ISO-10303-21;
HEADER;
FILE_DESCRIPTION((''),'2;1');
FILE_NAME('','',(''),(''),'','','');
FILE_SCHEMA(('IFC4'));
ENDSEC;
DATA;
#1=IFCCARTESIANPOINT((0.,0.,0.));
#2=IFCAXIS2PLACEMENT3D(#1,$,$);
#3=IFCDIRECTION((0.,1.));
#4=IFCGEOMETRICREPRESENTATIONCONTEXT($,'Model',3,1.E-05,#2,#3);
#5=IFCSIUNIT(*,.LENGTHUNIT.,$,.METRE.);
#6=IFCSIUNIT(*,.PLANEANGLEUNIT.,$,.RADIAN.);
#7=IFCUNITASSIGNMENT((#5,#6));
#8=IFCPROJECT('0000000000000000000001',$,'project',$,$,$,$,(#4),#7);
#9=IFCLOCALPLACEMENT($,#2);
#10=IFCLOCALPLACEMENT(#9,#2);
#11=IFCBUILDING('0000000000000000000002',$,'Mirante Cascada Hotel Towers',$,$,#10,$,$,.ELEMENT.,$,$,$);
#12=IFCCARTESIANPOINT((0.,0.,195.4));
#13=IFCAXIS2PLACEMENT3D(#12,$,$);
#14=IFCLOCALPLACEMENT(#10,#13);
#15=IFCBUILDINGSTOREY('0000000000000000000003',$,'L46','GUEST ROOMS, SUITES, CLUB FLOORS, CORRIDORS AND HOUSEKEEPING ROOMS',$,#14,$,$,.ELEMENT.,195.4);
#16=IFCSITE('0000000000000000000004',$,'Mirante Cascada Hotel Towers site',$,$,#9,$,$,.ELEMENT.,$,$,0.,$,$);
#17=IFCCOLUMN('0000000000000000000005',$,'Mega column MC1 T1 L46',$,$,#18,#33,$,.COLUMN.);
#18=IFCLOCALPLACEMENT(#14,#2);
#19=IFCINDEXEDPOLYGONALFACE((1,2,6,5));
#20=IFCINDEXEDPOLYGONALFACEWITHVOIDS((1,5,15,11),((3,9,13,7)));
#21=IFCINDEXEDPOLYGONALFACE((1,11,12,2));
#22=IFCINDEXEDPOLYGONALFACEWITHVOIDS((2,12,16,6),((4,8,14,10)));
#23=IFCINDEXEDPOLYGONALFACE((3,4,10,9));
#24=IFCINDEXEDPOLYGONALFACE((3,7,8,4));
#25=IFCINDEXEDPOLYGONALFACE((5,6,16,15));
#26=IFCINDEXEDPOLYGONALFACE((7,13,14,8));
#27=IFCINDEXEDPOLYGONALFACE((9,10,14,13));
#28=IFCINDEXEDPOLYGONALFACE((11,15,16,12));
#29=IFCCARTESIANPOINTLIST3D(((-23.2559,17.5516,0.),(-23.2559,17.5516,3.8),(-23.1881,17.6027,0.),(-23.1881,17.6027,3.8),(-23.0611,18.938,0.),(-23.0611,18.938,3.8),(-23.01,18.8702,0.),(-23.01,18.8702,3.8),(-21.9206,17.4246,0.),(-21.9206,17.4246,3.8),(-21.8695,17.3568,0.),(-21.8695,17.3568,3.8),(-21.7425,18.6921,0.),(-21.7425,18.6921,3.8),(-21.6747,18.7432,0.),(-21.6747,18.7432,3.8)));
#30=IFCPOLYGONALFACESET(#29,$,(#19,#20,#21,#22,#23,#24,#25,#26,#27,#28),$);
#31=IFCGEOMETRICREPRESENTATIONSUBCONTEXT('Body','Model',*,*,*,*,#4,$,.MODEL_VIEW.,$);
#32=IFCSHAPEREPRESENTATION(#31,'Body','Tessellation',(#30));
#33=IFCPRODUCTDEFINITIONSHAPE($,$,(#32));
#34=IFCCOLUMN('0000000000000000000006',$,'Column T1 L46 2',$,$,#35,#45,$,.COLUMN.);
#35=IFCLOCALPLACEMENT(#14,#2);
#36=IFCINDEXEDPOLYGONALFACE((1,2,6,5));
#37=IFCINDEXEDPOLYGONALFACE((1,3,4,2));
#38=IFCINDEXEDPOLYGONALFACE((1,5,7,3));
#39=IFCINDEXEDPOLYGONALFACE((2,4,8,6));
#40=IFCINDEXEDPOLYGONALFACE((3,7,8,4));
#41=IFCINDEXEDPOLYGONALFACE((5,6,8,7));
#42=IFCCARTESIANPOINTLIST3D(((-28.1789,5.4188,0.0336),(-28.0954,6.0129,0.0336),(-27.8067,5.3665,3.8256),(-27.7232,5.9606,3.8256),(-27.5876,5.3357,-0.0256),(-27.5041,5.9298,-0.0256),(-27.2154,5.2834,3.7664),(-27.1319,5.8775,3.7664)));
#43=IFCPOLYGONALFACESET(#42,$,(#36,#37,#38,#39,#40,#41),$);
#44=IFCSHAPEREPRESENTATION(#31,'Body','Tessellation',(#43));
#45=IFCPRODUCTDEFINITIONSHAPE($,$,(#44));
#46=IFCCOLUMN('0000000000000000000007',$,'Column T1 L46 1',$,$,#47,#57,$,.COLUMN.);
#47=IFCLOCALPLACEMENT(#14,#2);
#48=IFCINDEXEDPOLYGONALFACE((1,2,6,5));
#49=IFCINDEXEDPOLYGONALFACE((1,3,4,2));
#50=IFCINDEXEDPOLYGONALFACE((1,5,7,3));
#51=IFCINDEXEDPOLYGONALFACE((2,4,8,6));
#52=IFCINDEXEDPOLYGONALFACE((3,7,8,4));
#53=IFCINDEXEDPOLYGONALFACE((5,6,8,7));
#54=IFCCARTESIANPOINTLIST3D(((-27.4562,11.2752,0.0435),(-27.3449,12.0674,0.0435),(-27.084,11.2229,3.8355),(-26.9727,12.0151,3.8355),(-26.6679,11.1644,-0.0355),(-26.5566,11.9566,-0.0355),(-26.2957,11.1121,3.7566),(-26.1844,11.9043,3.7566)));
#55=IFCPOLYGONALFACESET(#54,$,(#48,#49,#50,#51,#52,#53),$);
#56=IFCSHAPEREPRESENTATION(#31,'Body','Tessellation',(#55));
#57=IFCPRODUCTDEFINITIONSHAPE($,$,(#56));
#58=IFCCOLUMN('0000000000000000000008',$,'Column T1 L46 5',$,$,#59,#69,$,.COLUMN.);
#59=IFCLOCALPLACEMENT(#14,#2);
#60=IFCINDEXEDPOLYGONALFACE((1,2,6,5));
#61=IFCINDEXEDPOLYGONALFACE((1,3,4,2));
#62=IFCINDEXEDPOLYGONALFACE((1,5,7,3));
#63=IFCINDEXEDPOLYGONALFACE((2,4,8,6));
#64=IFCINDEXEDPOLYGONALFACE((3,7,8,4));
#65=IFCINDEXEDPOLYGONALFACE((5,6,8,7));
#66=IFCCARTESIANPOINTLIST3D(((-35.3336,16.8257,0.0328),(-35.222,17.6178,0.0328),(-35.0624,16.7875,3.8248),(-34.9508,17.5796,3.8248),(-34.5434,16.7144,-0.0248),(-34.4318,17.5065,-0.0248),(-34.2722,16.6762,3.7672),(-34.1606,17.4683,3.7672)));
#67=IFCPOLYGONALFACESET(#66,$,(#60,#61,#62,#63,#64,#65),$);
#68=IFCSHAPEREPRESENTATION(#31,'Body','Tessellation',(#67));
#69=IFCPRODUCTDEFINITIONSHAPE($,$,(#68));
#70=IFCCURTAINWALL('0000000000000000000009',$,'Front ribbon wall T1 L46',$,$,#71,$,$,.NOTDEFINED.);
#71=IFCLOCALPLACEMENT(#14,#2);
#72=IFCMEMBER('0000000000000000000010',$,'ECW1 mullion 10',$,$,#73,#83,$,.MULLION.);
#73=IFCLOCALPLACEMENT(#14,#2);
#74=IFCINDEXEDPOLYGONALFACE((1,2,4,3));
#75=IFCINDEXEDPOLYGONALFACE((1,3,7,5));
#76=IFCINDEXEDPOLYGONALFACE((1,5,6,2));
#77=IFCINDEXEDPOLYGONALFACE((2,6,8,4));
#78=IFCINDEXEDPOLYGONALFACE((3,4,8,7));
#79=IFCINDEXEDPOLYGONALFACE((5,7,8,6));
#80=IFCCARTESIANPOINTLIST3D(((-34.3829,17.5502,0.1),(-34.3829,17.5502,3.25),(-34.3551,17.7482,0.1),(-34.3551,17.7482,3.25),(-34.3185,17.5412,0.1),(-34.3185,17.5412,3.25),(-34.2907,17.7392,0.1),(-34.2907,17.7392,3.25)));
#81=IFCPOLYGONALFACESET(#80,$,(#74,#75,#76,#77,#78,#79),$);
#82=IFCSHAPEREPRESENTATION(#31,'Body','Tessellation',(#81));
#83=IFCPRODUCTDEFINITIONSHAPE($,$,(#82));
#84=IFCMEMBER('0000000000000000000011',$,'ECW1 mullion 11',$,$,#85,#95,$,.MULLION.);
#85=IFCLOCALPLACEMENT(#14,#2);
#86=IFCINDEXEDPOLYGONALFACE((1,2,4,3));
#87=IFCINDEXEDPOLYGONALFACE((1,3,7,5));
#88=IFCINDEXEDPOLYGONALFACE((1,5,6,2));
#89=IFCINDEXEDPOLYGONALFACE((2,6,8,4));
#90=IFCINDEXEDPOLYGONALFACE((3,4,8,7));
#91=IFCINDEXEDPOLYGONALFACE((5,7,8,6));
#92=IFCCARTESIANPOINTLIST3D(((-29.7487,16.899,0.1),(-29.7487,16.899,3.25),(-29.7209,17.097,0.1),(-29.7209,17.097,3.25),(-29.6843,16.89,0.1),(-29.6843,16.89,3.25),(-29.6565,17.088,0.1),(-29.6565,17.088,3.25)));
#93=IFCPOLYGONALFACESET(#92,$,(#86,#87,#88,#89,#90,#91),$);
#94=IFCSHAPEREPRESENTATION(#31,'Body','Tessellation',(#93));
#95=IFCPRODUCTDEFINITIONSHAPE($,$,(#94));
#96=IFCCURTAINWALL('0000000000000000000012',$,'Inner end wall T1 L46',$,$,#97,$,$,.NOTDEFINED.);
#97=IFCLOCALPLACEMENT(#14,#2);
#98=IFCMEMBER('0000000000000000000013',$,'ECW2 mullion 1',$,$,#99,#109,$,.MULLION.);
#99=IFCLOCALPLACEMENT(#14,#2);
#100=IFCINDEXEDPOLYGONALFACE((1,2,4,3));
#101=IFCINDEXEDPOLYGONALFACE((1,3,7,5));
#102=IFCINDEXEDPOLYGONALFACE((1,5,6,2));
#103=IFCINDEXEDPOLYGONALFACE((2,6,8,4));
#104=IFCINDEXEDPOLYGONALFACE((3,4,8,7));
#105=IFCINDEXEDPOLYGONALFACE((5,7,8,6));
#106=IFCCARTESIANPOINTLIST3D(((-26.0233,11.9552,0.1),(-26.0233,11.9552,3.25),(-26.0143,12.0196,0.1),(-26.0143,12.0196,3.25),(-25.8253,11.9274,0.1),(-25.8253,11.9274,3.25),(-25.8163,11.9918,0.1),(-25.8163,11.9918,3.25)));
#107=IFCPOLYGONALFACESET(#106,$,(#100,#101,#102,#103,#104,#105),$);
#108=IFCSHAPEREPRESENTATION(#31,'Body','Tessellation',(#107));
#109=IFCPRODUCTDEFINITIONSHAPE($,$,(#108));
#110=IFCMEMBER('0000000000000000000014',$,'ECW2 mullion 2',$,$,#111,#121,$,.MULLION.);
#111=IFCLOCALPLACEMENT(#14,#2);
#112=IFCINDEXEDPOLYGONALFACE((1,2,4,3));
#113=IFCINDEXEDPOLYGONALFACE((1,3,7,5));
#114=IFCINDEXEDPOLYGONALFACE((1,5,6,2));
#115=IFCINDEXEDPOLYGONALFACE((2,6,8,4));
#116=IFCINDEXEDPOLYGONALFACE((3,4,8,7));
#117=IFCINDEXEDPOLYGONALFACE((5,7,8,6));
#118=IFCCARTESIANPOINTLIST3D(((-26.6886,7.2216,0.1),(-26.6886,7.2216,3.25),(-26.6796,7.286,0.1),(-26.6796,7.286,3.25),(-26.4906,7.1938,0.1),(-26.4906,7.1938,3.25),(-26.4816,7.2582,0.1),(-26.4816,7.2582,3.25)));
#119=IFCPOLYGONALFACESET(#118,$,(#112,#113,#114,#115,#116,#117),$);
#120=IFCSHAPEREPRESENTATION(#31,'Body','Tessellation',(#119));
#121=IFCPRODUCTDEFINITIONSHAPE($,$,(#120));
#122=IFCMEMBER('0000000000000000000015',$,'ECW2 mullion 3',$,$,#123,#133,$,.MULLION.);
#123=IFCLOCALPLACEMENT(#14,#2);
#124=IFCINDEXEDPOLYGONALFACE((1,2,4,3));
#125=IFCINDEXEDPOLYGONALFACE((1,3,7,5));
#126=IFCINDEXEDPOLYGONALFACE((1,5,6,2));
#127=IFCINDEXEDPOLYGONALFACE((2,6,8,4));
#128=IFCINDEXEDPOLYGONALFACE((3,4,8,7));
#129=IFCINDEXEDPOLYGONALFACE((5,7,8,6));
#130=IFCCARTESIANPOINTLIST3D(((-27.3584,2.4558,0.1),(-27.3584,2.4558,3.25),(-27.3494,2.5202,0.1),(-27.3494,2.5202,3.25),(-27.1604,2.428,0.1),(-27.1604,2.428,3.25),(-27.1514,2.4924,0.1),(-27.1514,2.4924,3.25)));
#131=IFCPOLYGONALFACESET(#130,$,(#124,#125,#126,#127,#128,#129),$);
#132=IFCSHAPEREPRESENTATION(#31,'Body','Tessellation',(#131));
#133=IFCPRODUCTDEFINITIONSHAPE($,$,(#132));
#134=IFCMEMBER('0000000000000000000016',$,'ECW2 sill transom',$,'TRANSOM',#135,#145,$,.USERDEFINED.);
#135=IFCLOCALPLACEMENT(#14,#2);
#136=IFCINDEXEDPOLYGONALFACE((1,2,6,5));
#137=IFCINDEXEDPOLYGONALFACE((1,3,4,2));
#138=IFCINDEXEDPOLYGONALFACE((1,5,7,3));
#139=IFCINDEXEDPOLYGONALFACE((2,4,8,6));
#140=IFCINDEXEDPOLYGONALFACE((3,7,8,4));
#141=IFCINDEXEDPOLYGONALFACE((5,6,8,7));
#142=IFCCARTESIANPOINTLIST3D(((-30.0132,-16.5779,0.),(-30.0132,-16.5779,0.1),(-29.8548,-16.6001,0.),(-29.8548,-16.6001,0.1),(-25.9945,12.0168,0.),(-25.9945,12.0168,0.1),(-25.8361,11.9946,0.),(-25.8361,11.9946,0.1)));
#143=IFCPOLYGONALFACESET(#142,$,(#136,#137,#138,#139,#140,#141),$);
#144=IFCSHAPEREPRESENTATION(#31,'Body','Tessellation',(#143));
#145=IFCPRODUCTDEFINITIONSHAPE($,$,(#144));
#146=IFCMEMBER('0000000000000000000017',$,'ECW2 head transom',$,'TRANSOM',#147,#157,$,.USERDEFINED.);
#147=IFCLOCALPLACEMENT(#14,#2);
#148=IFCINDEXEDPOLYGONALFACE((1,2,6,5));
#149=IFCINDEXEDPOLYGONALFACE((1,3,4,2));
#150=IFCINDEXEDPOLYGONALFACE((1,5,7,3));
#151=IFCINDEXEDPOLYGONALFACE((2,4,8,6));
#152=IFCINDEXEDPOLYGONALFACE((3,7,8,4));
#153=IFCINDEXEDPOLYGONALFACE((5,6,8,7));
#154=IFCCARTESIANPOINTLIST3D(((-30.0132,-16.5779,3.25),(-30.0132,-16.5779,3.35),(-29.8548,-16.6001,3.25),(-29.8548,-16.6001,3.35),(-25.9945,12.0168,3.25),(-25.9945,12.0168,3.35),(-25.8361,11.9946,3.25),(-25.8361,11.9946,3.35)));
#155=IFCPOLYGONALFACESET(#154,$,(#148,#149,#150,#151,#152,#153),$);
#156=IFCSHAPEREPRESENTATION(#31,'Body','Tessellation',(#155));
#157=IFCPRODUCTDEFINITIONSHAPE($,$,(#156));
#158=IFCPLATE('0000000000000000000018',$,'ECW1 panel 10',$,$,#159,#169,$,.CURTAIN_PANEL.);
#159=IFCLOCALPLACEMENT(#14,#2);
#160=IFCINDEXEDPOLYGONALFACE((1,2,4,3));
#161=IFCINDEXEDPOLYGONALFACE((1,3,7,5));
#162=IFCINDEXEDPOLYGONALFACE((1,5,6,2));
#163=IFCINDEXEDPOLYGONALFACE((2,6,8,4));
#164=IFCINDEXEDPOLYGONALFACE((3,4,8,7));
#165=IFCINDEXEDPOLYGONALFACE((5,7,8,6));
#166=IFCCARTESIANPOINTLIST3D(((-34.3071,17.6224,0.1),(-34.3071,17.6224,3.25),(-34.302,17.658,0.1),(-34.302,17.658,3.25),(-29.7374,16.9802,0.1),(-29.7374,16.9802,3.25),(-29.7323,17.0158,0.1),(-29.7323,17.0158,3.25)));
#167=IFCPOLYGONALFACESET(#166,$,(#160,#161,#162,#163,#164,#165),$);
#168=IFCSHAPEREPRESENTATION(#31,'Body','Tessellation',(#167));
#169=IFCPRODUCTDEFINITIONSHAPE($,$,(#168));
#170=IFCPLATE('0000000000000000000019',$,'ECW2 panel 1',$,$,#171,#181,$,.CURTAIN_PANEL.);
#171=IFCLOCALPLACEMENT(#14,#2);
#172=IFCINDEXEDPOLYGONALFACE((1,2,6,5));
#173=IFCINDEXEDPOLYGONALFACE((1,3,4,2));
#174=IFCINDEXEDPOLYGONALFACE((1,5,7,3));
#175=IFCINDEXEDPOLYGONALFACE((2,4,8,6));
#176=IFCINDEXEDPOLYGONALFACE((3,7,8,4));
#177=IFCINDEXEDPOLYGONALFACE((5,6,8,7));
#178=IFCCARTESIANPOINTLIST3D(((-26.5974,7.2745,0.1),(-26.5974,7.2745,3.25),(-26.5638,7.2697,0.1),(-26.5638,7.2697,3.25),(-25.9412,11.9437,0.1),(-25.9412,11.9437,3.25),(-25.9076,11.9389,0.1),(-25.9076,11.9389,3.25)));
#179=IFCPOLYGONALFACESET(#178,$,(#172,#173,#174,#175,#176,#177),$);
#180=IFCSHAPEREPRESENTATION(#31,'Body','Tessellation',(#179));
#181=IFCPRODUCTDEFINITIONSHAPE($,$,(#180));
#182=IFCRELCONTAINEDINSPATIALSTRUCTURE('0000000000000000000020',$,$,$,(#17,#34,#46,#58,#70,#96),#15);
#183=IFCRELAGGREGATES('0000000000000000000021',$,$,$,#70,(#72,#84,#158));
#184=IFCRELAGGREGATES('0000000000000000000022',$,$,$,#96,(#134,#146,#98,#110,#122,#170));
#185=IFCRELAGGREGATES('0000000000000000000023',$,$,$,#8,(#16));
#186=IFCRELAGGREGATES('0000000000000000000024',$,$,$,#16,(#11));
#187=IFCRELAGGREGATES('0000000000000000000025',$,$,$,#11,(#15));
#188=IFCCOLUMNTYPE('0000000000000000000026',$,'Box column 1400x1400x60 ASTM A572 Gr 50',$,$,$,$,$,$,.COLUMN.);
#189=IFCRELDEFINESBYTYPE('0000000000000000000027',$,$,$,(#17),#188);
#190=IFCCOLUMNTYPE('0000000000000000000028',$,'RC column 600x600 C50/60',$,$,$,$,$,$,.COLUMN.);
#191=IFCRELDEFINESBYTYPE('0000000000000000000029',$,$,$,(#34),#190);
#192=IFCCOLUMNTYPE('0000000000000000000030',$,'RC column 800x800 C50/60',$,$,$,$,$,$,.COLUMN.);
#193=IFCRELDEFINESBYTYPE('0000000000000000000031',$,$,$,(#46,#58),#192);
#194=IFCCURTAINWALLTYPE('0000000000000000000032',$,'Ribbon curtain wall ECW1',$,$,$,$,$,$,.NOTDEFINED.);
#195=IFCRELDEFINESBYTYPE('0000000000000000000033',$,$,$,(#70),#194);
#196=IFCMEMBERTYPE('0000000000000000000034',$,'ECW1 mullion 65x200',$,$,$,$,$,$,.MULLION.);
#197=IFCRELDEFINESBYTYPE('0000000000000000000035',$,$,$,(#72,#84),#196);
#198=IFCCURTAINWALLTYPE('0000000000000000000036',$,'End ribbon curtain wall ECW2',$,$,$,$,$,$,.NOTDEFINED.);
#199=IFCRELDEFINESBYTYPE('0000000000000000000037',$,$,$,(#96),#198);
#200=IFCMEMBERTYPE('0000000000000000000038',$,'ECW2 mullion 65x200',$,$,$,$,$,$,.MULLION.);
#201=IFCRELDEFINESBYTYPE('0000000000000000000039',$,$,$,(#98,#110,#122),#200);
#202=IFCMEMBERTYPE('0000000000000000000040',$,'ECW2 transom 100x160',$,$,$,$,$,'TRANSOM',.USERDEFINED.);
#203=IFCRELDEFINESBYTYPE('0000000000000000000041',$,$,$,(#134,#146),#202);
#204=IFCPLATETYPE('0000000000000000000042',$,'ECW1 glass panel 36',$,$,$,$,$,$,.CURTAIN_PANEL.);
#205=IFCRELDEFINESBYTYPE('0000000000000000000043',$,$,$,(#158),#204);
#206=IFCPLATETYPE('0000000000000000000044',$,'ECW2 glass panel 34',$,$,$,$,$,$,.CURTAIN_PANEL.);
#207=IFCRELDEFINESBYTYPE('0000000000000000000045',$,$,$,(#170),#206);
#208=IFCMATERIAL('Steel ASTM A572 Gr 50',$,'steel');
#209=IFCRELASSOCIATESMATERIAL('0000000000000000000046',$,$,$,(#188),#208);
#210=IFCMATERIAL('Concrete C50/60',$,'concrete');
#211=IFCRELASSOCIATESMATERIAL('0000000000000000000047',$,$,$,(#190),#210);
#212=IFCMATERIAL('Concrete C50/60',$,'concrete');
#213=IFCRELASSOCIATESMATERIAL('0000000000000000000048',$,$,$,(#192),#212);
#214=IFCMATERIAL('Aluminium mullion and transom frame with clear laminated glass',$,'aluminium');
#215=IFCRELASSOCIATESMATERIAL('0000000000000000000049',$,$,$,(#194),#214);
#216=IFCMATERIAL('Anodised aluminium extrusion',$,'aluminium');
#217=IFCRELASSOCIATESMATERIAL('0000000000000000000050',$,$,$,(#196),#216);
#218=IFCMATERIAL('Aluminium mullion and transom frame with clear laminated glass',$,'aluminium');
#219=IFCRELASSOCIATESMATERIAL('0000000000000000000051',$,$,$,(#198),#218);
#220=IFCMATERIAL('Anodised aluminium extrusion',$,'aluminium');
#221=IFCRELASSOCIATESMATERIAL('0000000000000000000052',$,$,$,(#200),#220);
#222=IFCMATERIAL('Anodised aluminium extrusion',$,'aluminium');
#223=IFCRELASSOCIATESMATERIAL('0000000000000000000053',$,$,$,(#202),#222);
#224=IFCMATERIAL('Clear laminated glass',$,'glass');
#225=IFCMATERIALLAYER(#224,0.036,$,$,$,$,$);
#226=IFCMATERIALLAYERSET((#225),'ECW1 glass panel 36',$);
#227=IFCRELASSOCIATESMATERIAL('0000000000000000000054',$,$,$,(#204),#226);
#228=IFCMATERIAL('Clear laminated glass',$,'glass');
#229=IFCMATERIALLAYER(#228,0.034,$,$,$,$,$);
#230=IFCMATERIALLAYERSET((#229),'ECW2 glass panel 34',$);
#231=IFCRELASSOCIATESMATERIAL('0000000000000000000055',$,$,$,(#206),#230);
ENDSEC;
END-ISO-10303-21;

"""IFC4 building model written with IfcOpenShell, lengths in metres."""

from ifc_helpers import new_model, si_unit, direction, frame, origin, origin_2d, place, context, subcontext, project, spatial, rectangle, hollow_rectangle, extrude, material, layer, layer_set, material_profile, profile_set, type_object, element, aggregate, save


model = new_model("IFC4")

# Units and contexts
model_context = context("Model", 3, precision=1e-05, world=origin(), true_north=direction((0.0, 1.0)))
body_context = subcontext(model_context, "Body", "Model", "MODEL_VIEW")
ifc_project = project(units=[si_unit("LENGTHUNIT", "METRE"), si_unit("PLANEANGLEUNIT", "RADIAN")], contexts=[model_context])

# Site, building, storey
site_placement = place(None, origin())
site = spatial("IfcSite", under=ifc_project, at=site_placement, Name="Mirante Cascada Hotel Towers site", CompositionType="ELEMENT", RefElevation=0.0)
building_placement = place(site_placement, origin())
building = spatial("IfcBuilding", under=site, at=building_placement, Name="Mirante Cascada Hotel Towers", CompositionType="ELEMENT")
storey_placement = place(building_placement, frame((0.0, 0.0, 195.4)))
storey = spatial("IfcBuildingStorey", under=building, at=storey_placement, Name="L46", Description="GUEST ROOMS, SUITES, CLUB FLOORS, CORRIDORS AND HOUSEKEEPING ROOMS", CompositionType="ELEMENT", Elevation=195.4)

# Columns
ifc_material_1 = material(Name="Steel ASTM A572 Gr 50", Category="steel")
ifc_material_profile_1 = material_profile(ifc_material_1, hollow_rectangle(XDim=1.4, YDim=1.4, WallThickness=0.06, at=origin_2d()), Name="Box column 1400x1400x60 ASTM A572 Gr 50")
ifc_profile_set_1 = profile_set([ifc_material_profile_1], Name="Steel ASTM A572 Gr 50")
column_type_1 = type_object("IfcColumnType", Name="Box column 1400x1400x60 ASTM A572 Gr 50", PredefinedType="COLUMN", material=ifc_profile_set_1)
column_1_placement = place(storey_placement, frame((-22.4653, 18.1474, 0.0), z_axis=(0.0, 0.0, 1.0), x_axis=(-0.990268, 0.139173, 0.0)))
element("IfcColumn", 1, at=column_1_placement, inside=storey, type_object=column_type_1, Name="Mega column MC1 T1 L46", PredefinedType="COLUMN", context=body_context, shape_type="SweptSolid", body=[
    extrude(hollow_rectangle(XDim=1.4, YDim=1.4, WallThickness=0.06, at=origin_2d()), origin(), (0.0, 0.0, 1.0), 3.8),
])
ifc_material_2 = material(Name="Concrete C50/60", Category="concrete")
ifc_material_profile_2 = material_profile(ifc_material_2, rectangle(XDim=0.6, YDim=0.6, at=origin_2d()), Name="RC column 600x600 C50/60")
ifc_profile_set_2 = profile_set([ifc_material_profile_2], Name="Concrete C50/60")
column_type_2 = type_object("IfcColumnType", Name="RC column 600x600 C50/60", PredefinedType="COLUMN", material=ifc_profile_set_2)
column_2_placement = place(storey_placement, frame((-27.8415, 5.6743, 0.004), z_axis=(0.097675, -0.013725, 0.995124), x_axis=(0.139149, 0.990271, 0.0)))
element("IfcColumn", 2, at=column_2_placement, inside=storey, type_object=column_type_2, Name="Column T1 L46 2", PredefinedType="COLUMN", context=body_context, shape_type="SweptSolid", body=[
    extrude(rectangle(XDim=0.6, YDim=0.6, at=origin_2d()), origin(), (0.0, 0.0, 1.0), 3.8106),
])
ifc_material_3 = material(Name="Concrete C50/60", Category="concrete")
ifc_material_profile_3 = material_profile(ifc_material_3, rectangle(XDim=0.8, YDim=0.8, at=origin_2d()), Name="RC column 800x800 C50/60")
ifc_profile_set_3 = profile_set([ifc_material_profile_3], Name="Concrete C50/60")
column_type_3 = type_object("IfcColumnType", Name="RC column 800x800 C50/60", PredefinedType="COLUMN", material=ifc_profile_set_3)
column_3_placement = place(storey_placement, frame((-27.0064, 11.6159, 0.004), z_axis=(0.097675, -0.013725, 0.995124), x_axis=(0.139149, 0.990271, 0.0)))
element("IfcColumn", 3, at=column_3_placement, inside=storey, type_object=column_type_3, Name="Column T1 L46 1", PredefinedType="COLUMN", context=body_context, shape_type="SweptSolid", body=[
    extrude(rectangle(XDim=0.8, YDim=0.8, at=origin_2d()), origin(), (0.0, 0.0, 1.0), 3.8106),
])
column_4_placement = place(storey_placement, frame((-34.8827, 17.1661, 0.004), z_axis=(0.071333, -0.010048, 0.997402), x_axis=(0.139479, 0.990225, 0.0)))
element("IfcColumn", 4, at=column_4_placement, inside=storey, type_object=column_type_3, Name="Column T1 L46 5", PredefinedType="COLUMN", context=body_context, shape_type="SweptSolid", body=[
    extrude(rectangle(XDim=0.8, YDim=0.8, at=origin_2d()), origin(), (0.0, 0.0, 1.0), 3.8019),
])

# Curtain walls, members
ifc_material_4 = material(Name="Aluminium mullion and transom frame with clear laminated glass", Category="aluminium")
curtain_wall_type_1 = type_object("IfcCurtainWallType", Name="Ribbon curtain wall ECW1", PredefinedType="NOTDEFINED", material=ifc_material_4)
curtain_wall_1_placement = place(storey_placement, origin())
curtain_wall_1 = element("IfcCurtainWall", 5, at=curtain_wall_1_placement, inside=storey, type_object=curtain_wall_type_1, Name="Front ribbon wall T1 L46", PredefinedType="NOTDEFINED")
ifc_material_5 = material(Name="Anodised aluminium extrusion", Category="aluminium")
ifc_material_profile_4 = material_profile(ifc_material_5, rectangle(XDim=0.2, YDim=0.065, at=origin_2d()), Name="ECW1 MULLION 65x200")
ifc_profile_set_4 = profile_set([ifc_material_profile_4], Name="Anodised aluminium extrusion")
member_type_1 = type_object("IfcMemberType", Name="ECW1 mullion 65x200", PredefinedType="MULLION", material=ifc_profile_set_4)
member_1_placement = place(storey_placement, frame((-34.3368, 17.6447, 0.1), z_axis=(0.0, 0.0, 1.0), x_axis=(0.139173, 0.990268, 0.0)))
member_1 = element("IfcMember", 6, at=member_1_placement, type_object=member_type_1, Name="ECW1 mullion 10", PredefinedType="MULLION", context=body_context, shape_type="SweptSolid", body=[
    extrude(rectangle(XDim=0.2, YDim=0.065, at=origin_2d()), origin(), (0.0, 0.0, 1.0), 3.15),
])
member_2_placement = place(storey_placement, frame((-29.7026, 16.9935, 0.1), z_axis=(0.0, 0.0, 1.0), x_axis=(0.139173, 0.990268, 0.0)))
member_2 = element("IfcMember", 7, at=member_2_placement, type_object=member_type_1, Name="ECW1 mullion 11", PredefinedType="MULLION", context=body_context, shape_type="SweptSolid", body=[
    extrude(rectangle(XDim=0.2, YDim=0.065, at=origin_2d()), origin(), (0.0, 0.0, 1.0), 3.15),
])
ifc_material_6 = material(Name="Aluminium mullion and transom frame with clear laminated glass", Category="aluminium")
curtain_wall_type_2 = type_object("IfcCurtainWallType", Name="End ribbon curtain wall ECW2", PredefinedType="NOTDEFINED", material=ifc_material_6)
curtain_wall_2_placement = place(storey_placement, origin())
curtain_wall_2 = element("IfcCurtainWall", 8, at=curtain_wall_2_placement, inside=storey, type_object=curtain_wall_type_2, Name="Inner end wall T1 L46", PredefinedType="NOTDEFINED")
ifc_material_7 = material(Name="Anodised aluminium extrusion", Category="aluminium")
ifc_material_profile_5 = material_profile(ifc_material_7, rectangle(XDim=0.2, YDim=0.065, at=origin_2d()), Name="ECW2 MULLION 65x200")
ifc_profile_set_5 = profile_set([ifc_material_profile_5], Name="Anodised aluminium extrusion")
member_type_2 = type_object("IfcMemberType", Name="ECW2 mullion 65x200", PredefinedType="MULLION", material=ifc_profile_set_5)
member_3_placement = place(storey_placement, frame((-25.9198, 11.9735, 0.1), z_axis=(0.0, 0.0, 1.0), x_axis=(0.990268, -0.139173, 0.0)))
member_3 = element("IfcMember", 9, at=member_3_placement, type_object=member_type_2, Name="ECW2 mullion 1", PredefinedType="MULLION", context=body_context, shape_type="SweptSolid", body=[
    extrude(rectangle(XDim=0.2, YDim=0.065, at=origin_2d()), origin(), (0.0, 0.0, 1.0), 3.15),
])
member_4_placement = place(storey_placement, frame((-26.5851, 7.2399, 0.1), z_axis=(0.0, 0.0, 1.0), x_axis=(0.990268, -0.139173, 0.0)))
member_4 = element("IfcMember", 10, at=member_4_placement, type_object=member_type_2, Name="ECW2 mullion 2", PredefinedType="MULLION", context=body_context, shape_type="SweptSolid", body=[
    extrude(rectangle(XDim=0.2, YDim=0.065, at=origin_2d()), origin(), (0.0, 0.0, 1.0), 3.15),
])
member_5_placement = place(storey_placement, frame((-27.2549, 2.4741, 0.1), z_axis=(0.0, 0.0, 1.0), x_axis=(0.990268, -0.139173, 0.0)))
member_5 = element("IfcMember", 11, at=member_5_placement, type_object=member_type_2, Name="ECW2 mullion 3", PredefinedType="MULLION", context=body_context, shape_type="SweptSolid", body=[
    extrude(rectangle(XDim=0.2, YDim=0.065, at=origin_2d()), origin(), (0.0, 0.0, 1.0), 3.15),
])
ifc_material_8 = material(Name="Anodised aluminium extrusion", Category="aluminium")
ifc_material_profile_6 = material_profile(ifc_material_8, rectangle(XDim=0.16, YDim=0.1, at=origin_2d()), Name="ECW2 TRANSOM 100x160")
ifc_profile_set_6 = profile_set([ifc_material_profile_6], Name="Anodised aluminium extrusion")
member_type_3 = type_object("IfcMemberType", Name="ECW2 transom 100x160", ElementType="TRANSOM", PredefinedType="USERDEFINED", material=ifc_profile_set_6)
member_6_placement = place(storey_placement, frame((-25.9153, 12.0057, 0.05), z_axis=(-0.139172, -0.990268, 0.0), x_axis=(0.990268, -0.139172, 0.0)))
member_6 = element("IfcMember", 12, at=member_6_placement, type_object=member_type_3, Name="ECW2 sill transom", ObjectType="TRANSOM", PredefinedType="USERDEFINED", context=body_context, shape_type="SweptSolid", body=[
    extrude(rectangle(XDim=0.16, YDim=0.1, at=origin_2d()), origin(), (0.0, 0.0, 1.0), 28.8757),
])
member_7_placement = place(storey_placement, frame((-25.9153, 12.0057, 3.3), z_axis=(-0.139172, -0.990268, 0.0), x_axis=(0.990268, -0.139172, 0.0)))
member_7 = element("IfcMember", 13, at=member_7_placement, type_object=member_type_3, Name="ECW2 head transom", ObjectType="TRANSOM", PredefinedType="USERDEFINED", context=body_context, shape_type="SweptSolid", body=[
    extrude(rectangle(XDim=0.16, YDim=0.1, at=origin_2d()), origin(), (0.0, 0.0, 1.0), 28.8757),
])

# Plates
ifc_material_9 = material(Name="Clear laminated glass", Category="glass")
ifc_layer_1 = layer(ifc_material_9, 0.036)
ifc_layer_set_1 = layer_set([ifc_layer_1], Name="ECW1 glass panel 36")
plate_type_1 = type_object("IfcPlateType", Name="ECW1 glass panel 36", PredefinedType="CURTAIN_PANEL", material=ifc_layer_set_1)
plate_1_placement = place(storey_placement, frame((-32.0197, 17.3191, 0.1), z_axis=(0.0, 0.0, 1.0), x_axis=(0.990268, -0.139173, 0.0)))
plate_1 = element("IfcPlate", 14, at=plate_1_placement, type_object=plate_type_1, Name="ECW1 panel 10", PredefinedType="CURTAIN_PANEL", context=body_context, shape_type="SweptSolid", body=[
    extrude(rectangle(XDim=4.6146, YDim=0.036, at=origin_2d()), origin(), (0.0, 0.0, 1.0), 3.15),
])
aggregate(curtain_wall_1, [member_1, member_2, plate_1])
ifc_material_10 = material(Name="Clear laminated glass", Category="glass")
ifc_layer_2 = layer(ifc_material_10, 0.034)
ifc_layer_set_2 = layer_set([ifc_layer_2], Name="ECW2 glass panel 34")
plate_type_2 = type_object("IfcPlateType", Name="ECW2 glass panel 34", PredefinedType="CURTAIN_PANEL", material=ifc_layer_set_2)
plate_2_placement = place(storey_placement, frame((-26.2525, 9.6067, 0.1), z_axis=(0.0, 0.0, 1.0), x_axis=(-0.139173, -0.990268, 0.0)))
plate_2 = element("IfcPlate", 15, at=plate_2_placement, type_object=plate_type_2, Name="ECW2 panel 1", PredefinedType="CURTAIN_PANEL", context=body_context, shape_type="SweptSolid", body=[
    extrude(rectangle(XDim=4.7151, YDim=0.034, at=origin_2d()), origin(), (0.0, 0.0, 1.0), 3.15),
])
aggregate(curtain_wall_2, [member_6, member_7, member_3, member_4, member_5, plate_2])

save(model, "model.ifc")
